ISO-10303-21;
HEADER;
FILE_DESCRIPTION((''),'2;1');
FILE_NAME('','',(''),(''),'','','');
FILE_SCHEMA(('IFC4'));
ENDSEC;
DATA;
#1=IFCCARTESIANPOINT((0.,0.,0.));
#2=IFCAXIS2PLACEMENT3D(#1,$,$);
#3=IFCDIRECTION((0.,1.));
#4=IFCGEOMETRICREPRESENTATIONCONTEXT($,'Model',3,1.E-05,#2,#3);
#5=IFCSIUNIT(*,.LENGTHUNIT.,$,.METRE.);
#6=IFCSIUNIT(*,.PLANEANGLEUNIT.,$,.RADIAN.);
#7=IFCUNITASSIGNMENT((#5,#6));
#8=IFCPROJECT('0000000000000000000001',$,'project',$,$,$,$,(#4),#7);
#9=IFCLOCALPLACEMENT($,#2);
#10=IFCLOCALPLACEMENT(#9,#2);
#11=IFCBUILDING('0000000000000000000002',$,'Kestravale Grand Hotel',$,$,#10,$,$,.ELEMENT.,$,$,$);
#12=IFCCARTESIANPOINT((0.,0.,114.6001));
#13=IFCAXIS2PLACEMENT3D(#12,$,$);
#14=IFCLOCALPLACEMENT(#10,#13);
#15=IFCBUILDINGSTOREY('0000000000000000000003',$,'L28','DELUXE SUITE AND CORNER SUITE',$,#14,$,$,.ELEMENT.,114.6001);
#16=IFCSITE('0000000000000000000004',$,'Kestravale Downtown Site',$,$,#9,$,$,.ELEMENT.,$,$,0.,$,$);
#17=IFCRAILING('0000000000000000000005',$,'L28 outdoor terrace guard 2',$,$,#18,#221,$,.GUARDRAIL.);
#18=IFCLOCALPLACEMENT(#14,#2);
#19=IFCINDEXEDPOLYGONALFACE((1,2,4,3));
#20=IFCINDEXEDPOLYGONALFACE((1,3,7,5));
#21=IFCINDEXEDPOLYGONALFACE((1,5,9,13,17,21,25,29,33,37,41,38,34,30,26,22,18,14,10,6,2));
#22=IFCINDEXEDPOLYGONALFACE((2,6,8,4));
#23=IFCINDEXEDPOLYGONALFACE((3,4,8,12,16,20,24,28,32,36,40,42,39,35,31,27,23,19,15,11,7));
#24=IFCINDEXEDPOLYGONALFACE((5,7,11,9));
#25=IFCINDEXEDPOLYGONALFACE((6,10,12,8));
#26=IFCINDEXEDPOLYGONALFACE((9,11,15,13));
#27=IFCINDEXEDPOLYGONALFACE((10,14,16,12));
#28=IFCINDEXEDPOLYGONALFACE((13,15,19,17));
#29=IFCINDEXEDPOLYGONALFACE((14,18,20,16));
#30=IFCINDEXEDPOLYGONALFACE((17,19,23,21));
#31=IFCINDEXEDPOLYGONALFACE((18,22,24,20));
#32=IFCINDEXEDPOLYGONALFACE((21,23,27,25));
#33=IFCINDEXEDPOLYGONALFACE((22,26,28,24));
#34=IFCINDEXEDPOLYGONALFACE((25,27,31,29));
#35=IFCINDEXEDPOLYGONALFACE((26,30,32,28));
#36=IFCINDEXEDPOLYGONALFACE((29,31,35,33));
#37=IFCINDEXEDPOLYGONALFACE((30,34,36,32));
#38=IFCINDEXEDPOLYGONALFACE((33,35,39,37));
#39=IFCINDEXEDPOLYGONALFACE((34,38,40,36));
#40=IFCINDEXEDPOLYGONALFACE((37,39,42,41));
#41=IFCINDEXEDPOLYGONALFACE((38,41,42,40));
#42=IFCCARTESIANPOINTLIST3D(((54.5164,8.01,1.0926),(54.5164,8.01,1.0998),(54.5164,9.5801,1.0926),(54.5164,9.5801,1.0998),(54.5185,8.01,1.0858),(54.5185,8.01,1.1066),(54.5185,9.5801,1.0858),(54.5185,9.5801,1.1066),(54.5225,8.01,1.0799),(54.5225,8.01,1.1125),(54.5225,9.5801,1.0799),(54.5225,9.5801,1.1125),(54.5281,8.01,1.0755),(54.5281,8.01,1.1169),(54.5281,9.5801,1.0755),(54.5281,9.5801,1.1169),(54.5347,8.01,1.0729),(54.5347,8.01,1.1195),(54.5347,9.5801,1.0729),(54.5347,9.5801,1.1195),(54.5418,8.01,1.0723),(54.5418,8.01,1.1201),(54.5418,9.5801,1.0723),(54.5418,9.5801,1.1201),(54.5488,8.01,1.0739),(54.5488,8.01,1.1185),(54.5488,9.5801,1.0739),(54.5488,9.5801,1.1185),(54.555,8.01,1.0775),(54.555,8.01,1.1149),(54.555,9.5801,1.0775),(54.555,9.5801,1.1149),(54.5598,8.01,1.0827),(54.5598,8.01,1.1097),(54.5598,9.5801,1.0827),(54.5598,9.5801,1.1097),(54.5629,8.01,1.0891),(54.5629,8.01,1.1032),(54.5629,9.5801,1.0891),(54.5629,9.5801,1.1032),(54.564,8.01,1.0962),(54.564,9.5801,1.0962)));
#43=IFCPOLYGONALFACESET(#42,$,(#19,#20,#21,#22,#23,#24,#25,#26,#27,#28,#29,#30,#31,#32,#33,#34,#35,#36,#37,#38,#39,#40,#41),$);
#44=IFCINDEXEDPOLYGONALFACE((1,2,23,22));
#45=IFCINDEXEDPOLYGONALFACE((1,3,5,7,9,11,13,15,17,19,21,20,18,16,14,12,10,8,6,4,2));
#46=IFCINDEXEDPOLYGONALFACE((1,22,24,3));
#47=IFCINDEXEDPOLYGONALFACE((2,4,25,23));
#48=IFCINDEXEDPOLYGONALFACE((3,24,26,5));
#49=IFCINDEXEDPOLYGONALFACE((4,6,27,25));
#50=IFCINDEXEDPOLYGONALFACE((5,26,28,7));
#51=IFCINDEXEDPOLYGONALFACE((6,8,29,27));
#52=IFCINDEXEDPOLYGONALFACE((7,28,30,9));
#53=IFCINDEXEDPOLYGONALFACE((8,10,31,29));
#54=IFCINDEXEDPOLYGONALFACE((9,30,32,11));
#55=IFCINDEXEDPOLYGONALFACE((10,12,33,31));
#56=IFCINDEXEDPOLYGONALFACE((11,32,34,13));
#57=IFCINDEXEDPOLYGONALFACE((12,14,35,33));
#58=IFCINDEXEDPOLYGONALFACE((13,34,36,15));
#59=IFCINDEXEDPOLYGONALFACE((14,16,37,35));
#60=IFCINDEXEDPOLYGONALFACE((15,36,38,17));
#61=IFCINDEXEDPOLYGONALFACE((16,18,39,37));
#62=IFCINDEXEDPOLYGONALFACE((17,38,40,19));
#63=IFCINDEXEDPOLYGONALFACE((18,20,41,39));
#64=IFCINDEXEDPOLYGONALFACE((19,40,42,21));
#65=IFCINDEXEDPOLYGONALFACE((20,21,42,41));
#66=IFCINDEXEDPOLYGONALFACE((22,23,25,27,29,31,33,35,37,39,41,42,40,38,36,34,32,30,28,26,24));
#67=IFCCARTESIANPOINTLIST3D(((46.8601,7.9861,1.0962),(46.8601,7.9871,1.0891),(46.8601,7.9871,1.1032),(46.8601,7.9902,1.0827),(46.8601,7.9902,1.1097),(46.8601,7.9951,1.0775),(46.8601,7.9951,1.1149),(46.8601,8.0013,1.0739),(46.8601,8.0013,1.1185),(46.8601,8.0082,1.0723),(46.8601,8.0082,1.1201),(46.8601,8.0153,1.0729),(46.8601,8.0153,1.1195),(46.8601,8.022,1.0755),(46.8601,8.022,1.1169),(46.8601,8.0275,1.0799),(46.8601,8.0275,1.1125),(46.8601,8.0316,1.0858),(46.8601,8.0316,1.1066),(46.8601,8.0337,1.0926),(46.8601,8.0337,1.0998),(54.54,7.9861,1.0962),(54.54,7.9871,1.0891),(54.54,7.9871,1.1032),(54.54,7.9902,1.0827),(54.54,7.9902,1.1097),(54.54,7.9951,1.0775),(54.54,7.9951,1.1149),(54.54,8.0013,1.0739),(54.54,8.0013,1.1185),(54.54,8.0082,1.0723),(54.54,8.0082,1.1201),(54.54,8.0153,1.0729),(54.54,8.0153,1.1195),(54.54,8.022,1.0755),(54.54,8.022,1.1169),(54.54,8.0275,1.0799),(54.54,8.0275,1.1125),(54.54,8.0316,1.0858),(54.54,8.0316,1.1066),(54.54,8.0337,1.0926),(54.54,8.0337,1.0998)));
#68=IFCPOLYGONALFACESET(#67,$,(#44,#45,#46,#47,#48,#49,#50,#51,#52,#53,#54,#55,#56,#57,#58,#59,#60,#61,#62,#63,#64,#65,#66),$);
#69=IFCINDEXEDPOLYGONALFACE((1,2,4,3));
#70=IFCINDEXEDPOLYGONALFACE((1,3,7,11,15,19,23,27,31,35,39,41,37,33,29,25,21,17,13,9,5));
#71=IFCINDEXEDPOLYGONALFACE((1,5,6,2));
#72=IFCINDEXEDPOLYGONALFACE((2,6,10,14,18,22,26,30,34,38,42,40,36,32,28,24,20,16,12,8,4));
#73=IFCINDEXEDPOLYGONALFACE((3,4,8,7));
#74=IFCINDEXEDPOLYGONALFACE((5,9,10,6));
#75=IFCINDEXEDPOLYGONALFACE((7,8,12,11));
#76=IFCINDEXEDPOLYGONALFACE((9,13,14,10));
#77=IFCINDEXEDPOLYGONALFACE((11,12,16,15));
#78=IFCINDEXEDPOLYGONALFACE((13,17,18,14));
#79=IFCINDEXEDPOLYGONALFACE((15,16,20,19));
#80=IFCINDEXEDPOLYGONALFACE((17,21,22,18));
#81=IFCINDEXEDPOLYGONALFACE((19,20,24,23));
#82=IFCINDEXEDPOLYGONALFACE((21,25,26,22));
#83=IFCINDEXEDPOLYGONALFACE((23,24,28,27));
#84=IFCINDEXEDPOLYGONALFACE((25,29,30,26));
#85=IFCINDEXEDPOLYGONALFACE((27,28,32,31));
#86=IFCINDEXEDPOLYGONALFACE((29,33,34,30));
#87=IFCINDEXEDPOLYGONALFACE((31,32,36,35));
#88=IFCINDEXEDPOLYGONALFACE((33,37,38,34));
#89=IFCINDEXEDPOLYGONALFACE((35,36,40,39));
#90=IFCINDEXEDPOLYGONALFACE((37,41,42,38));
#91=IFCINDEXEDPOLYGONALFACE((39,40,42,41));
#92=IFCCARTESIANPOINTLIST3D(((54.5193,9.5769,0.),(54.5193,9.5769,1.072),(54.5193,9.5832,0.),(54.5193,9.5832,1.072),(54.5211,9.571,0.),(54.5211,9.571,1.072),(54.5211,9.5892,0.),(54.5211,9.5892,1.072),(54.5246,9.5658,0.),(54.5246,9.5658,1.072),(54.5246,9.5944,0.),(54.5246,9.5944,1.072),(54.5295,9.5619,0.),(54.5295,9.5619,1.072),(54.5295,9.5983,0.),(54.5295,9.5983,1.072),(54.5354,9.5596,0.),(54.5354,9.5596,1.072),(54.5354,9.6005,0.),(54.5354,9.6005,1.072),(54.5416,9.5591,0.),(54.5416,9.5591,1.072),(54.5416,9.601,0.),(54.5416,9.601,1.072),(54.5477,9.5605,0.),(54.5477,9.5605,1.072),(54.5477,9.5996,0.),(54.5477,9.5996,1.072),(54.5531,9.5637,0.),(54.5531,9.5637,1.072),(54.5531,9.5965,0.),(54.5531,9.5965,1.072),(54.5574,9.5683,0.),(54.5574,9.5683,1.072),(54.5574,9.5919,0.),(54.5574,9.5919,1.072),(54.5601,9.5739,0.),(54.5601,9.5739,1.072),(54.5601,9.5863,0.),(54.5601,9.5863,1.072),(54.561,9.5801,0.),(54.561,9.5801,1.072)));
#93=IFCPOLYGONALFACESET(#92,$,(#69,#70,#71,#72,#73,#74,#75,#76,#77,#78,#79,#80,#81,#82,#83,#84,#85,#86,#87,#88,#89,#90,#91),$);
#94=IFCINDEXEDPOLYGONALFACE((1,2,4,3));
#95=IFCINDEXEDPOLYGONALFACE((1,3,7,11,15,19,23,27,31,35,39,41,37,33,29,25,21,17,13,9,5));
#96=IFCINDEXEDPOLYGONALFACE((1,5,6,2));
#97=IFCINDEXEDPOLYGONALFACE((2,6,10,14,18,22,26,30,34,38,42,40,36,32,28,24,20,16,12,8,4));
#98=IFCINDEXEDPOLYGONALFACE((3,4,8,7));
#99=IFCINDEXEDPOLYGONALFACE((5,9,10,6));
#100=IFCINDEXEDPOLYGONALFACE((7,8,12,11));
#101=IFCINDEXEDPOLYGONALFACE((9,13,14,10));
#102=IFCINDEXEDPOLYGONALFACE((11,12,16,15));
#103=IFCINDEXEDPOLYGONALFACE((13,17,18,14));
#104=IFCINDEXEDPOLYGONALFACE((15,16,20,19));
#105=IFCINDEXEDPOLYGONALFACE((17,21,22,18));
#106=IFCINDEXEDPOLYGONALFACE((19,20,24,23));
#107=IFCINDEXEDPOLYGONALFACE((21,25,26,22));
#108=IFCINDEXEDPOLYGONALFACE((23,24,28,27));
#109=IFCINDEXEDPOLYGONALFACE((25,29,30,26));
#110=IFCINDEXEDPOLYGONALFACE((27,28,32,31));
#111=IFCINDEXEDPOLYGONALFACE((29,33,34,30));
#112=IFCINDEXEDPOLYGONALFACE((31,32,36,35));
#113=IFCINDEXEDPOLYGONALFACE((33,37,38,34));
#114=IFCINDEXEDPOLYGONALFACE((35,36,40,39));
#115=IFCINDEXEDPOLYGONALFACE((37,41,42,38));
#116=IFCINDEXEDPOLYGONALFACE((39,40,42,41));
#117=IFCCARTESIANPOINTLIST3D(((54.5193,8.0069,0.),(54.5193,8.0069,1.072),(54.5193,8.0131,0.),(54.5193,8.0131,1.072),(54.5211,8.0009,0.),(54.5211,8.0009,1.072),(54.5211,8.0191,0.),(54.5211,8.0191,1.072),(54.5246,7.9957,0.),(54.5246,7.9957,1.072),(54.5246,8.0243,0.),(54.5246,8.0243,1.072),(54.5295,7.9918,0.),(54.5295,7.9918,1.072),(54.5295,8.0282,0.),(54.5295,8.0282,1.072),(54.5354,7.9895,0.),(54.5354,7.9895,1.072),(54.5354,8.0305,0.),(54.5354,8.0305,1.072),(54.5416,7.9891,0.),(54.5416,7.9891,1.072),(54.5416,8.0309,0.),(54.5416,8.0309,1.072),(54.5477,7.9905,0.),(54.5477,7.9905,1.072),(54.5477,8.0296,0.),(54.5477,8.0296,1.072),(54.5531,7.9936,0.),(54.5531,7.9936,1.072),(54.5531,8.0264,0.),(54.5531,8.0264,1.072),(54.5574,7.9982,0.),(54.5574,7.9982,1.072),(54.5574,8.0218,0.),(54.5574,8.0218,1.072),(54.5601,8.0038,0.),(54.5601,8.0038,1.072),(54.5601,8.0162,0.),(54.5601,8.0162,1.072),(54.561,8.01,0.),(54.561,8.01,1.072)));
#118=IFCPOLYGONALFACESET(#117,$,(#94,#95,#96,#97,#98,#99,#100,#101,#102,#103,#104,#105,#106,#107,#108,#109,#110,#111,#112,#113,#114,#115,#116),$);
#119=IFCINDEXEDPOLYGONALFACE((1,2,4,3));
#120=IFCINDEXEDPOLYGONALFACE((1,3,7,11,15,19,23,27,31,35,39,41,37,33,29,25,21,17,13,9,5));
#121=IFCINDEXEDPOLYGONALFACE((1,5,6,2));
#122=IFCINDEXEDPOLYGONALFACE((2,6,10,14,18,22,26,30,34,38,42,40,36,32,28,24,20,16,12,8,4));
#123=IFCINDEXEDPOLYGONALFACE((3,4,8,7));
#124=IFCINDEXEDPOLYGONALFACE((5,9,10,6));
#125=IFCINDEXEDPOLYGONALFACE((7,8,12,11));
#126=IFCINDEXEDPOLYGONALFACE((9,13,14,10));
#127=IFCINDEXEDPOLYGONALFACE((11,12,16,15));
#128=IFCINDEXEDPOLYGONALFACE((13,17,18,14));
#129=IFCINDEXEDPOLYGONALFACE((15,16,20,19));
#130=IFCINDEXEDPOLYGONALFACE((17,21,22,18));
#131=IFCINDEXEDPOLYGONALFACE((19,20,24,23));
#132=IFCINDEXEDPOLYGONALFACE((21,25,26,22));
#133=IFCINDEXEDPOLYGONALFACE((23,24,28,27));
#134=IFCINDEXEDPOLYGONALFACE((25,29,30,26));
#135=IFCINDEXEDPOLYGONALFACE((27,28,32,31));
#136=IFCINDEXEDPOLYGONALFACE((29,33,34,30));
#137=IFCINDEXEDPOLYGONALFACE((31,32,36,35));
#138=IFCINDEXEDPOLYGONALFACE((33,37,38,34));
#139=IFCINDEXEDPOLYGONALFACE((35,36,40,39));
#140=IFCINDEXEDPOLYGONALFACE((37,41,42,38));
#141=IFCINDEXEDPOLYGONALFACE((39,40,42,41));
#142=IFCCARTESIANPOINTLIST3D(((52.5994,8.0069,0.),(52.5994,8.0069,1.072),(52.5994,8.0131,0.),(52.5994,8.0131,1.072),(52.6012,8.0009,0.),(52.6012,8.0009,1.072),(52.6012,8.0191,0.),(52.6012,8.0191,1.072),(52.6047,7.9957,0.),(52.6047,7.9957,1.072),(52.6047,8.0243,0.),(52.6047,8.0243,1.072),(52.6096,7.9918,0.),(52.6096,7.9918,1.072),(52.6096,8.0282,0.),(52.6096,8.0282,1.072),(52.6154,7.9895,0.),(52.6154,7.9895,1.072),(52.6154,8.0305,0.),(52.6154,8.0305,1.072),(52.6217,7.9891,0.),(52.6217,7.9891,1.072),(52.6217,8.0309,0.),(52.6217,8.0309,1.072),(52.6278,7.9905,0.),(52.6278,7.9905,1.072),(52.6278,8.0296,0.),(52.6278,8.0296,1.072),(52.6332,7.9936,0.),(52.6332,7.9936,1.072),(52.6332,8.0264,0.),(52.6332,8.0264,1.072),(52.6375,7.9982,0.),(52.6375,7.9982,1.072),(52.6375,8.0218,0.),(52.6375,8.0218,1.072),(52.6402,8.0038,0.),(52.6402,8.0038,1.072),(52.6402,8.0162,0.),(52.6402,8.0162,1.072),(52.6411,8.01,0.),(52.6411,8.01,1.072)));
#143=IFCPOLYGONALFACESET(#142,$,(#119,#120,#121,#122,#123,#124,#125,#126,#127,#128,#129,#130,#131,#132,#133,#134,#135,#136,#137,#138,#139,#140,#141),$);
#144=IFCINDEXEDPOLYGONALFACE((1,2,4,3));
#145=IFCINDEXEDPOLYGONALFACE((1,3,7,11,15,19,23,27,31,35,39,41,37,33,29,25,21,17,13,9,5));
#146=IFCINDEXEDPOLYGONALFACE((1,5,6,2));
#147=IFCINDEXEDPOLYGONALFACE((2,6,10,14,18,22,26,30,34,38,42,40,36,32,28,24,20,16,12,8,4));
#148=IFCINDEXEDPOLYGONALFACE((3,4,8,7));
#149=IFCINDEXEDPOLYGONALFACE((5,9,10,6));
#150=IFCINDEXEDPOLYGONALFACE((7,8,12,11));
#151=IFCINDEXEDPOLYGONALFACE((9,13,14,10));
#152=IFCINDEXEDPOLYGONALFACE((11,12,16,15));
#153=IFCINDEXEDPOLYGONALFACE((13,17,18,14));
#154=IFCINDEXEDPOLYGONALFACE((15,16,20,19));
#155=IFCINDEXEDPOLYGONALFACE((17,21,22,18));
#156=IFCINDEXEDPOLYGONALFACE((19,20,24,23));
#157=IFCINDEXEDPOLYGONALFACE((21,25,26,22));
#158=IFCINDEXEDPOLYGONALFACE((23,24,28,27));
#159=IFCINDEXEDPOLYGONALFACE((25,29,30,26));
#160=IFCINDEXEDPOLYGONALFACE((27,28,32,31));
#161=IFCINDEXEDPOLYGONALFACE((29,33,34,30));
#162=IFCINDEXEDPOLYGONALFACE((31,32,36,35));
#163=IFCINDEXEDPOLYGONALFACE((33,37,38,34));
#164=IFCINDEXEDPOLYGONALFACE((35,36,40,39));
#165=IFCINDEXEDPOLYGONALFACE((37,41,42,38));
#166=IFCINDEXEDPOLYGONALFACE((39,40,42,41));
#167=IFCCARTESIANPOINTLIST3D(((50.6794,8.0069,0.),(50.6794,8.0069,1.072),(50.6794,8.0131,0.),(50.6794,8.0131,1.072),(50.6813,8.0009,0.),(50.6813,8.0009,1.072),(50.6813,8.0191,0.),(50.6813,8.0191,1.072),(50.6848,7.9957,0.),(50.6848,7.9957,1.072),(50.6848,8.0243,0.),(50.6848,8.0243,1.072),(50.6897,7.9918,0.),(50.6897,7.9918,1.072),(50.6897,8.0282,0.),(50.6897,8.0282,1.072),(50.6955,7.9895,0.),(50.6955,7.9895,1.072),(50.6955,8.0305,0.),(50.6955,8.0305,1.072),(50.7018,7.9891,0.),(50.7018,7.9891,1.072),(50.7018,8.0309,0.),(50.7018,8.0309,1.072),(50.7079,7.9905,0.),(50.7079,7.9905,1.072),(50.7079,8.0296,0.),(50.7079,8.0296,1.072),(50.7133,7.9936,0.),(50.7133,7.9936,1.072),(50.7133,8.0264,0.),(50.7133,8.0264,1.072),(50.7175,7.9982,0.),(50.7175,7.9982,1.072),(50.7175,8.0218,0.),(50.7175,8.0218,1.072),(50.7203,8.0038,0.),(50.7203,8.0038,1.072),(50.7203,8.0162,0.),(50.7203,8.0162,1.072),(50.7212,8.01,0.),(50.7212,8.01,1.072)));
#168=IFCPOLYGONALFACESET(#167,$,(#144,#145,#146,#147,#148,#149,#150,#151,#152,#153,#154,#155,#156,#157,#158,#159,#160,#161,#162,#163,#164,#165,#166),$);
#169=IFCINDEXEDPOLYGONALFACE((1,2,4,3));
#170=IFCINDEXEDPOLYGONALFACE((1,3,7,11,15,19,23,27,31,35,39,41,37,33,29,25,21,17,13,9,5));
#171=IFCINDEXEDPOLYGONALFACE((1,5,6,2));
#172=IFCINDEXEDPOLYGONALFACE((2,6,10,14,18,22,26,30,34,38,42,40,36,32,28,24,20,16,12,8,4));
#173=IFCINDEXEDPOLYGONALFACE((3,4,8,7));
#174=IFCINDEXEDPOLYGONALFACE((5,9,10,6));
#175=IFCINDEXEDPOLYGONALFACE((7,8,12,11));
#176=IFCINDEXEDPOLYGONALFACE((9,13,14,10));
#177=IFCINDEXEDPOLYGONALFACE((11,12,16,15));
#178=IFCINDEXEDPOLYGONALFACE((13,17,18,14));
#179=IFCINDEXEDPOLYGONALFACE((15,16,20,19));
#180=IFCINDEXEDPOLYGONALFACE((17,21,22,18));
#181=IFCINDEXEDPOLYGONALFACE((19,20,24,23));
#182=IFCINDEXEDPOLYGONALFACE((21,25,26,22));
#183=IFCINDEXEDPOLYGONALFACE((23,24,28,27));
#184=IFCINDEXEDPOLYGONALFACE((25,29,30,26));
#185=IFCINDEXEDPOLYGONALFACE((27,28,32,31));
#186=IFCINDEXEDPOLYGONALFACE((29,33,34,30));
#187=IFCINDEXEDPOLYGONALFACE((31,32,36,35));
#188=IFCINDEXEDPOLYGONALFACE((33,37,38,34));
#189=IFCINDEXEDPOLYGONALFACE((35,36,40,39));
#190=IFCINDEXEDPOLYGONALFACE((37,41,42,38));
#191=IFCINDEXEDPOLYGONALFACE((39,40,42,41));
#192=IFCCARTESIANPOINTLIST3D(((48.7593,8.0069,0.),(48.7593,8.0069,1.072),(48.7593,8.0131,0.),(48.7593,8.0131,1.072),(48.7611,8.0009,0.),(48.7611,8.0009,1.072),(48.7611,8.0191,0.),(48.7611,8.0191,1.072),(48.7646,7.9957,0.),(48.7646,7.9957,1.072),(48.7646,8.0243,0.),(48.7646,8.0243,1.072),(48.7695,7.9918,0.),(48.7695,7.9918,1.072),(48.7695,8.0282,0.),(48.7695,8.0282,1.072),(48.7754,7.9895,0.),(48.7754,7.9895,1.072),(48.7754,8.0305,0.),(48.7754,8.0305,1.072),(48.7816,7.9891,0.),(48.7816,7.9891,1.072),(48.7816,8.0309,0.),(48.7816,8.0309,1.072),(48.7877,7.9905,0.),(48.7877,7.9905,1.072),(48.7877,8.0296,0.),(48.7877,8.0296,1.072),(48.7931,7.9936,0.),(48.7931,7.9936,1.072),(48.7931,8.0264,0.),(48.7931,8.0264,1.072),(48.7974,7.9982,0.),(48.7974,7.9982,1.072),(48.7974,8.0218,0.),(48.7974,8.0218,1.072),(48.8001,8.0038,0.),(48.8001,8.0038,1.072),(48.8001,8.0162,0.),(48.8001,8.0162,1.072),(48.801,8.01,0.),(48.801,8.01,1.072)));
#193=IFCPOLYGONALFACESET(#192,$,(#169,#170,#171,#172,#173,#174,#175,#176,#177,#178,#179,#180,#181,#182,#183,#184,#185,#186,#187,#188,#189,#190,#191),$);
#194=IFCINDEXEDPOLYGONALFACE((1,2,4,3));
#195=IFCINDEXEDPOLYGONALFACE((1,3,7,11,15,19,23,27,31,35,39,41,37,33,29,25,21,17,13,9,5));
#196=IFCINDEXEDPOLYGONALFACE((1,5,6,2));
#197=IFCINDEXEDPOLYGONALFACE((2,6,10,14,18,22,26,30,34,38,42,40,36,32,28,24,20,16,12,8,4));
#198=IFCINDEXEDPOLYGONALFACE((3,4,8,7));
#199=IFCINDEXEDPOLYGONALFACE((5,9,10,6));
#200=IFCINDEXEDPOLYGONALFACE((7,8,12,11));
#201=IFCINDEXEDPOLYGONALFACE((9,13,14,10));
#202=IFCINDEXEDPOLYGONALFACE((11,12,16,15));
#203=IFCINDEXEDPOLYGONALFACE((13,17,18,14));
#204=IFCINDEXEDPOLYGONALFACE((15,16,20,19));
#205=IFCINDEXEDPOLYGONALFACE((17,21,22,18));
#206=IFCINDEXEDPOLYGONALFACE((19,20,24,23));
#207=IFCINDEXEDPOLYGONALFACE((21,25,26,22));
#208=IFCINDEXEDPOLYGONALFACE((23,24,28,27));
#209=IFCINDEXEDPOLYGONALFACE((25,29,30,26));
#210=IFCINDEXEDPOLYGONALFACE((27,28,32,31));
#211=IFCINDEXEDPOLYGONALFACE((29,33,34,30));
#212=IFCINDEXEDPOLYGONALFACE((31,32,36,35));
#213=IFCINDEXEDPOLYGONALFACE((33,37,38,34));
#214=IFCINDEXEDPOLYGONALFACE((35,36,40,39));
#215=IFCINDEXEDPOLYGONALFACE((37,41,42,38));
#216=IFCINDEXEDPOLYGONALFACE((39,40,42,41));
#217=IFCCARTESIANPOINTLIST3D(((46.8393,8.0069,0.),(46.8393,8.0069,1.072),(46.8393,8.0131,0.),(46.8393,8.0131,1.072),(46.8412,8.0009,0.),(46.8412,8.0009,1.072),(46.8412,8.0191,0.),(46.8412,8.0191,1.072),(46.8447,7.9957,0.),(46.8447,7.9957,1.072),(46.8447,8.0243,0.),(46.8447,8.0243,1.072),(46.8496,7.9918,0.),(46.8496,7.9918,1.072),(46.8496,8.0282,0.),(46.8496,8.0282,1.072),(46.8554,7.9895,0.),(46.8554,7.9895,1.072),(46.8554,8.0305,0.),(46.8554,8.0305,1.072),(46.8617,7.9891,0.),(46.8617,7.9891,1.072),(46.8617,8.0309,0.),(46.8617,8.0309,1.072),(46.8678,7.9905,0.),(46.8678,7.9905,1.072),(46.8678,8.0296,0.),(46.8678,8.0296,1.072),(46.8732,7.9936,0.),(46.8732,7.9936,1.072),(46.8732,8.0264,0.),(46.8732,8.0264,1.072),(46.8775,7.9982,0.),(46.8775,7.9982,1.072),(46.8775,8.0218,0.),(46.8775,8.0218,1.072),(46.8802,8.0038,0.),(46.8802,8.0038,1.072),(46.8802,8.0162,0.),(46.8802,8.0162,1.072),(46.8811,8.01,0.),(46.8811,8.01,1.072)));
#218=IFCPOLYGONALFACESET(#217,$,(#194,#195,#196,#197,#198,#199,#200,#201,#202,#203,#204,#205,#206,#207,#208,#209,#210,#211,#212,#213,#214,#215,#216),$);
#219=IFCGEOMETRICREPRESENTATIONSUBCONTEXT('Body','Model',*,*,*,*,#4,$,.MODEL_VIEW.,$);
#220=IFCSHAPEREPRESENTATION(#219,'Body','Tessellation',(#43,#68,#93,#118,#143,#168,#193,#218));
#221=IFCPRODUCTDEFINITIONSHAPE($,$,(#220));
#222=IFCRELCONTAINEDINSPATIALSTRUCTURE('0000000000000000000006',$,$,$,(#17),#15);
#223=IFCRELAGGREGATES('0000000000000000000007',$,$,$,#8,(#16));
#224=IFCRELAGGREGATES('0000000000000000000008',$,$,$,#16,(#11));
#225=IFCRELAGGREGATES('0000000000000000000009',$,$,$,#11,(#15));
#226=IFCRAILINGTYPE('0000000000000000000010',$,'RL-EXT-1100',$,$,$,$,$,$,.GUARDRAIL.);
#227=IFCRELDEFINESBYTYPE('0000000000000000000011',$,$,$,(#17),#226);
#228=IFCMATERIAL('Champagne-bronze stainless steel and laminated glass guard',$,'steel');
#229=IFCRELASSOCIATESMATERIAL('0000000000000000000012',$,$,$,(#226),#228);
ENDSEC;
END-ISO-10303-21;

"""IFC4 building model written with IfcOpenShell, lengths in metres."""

from ifc_helpers import new_model, si_unit, direction, frame, origin, origin_2d, place, context, subcontext, project, spatial, circle, extrude, material, type_object, element, save


model = new_model("IFC4")

# Units and contexts
model_context = context("Model", 3, precision=1e-05, world=origin(), true_north=direction((0.0, 1.0)))
body_context = subcontext(model_context, "Body", "Model", "MODEL_VIEW")
ifc_project = project(units=[si_unit("LENGTHUNIT", "METRE"), si_unit("PLANEANGLEUNIT", "RADIAN")], contexts=[model_context])

# Site, building, storey
site_placement = place(None, origin())
site = spatial("IfcSite", under=ifc_project, at=site_placement, Name="Kestravale Downtown Site", CompositionType="ELEMENT", RefElevation=0.0)
building_placement = place(site_placement, origin())
building = spatial("IfcBuilding", under=site, at=building_placement, Name="Kestravale Grand Hotel", CompositionType="ELEMENT")
storey_placement = place(building_placement, frame((0.0, 0.0, 114.6001)))
storey = spatial("IfcBuildingStorey", under=building, at=storey_placement, Name="L28", Description="DELUXE SUITE AND CORNER SUITE", CompositionType="ELEMENT", Elevation=114.6001)

# Railing
ifc_material_1 = material(Name="Champagne-bronze stainless steel and laminated glass guard", Category="steel")
railing_type = type_object("IfcRailingType", Name="RL-EXT-1100", PredefinedType="GUARDRAIL", material=ifc_material_1)
railing_1_placement = place(storey_placement, frame((54.54, 9.5801, 0.0)))
element("IfcRailing", 1, at=railing_1_placement, inside=storey, type_object=railing_type, Name="L28 outdoor terrace guard 2", PredefinedType="GUARDRAIL", context=body_context, shape_type="SweptSolid", body=[
    extrude(circle(Radius=0.0239, at=origin_2d()), frame((0.0, 0.0, 1.0962), z_axis=(0.0, -1.0, 0.0), x_axis=(1.0, 0.0, 0.0)), (0.0, 0.0, 1.0), 1.5701),
    extrude(circle(Radius=0.0239, at=origin_2d()), frame((0.0, -1.5701, 1.0962), z_axis=(-1.0, 0.0, 0.0), x_axis=(0.0, -1.0, 0.0)), (0.0, 0.0, 1.0), 7.6799),
    extrude(circle(Radius=0.021, at=origin_2d()), origin(), (0.0, 0.0, 1.0), 1.072),
    extrude(circle(Radius=0.021, at=origin_2d()), frame((0.0, -1.5701, 0.0)), (0.0, 0.0, 1.0), 1.072),
    extrude(circle(Radius=0.021, at=origin_2d()), frame((-1.9199, -1.5701, 0.0)), (0.0, 0.0, 1.0), 1.072),
    extrude(circle(Radius=0.021, at=origin_2d()), frame((-3.8398, -1.5701, 0.0)), (0.0, 0.0, 1.0), 1.072),
    extrude(circle(Radius=0.021, at=origin_2d()), frame((-5.76, -1.5701, 0.0)), (0.0, 0.0, 1.0), 1.072),
    extrude(circle(Radius=0.021, at=origin_2d()), frame((-7.6799, -1.5701, 0.0)), (0.0, 0.0, 1.0), 1.072),
])

save(model, "model.ifc")
